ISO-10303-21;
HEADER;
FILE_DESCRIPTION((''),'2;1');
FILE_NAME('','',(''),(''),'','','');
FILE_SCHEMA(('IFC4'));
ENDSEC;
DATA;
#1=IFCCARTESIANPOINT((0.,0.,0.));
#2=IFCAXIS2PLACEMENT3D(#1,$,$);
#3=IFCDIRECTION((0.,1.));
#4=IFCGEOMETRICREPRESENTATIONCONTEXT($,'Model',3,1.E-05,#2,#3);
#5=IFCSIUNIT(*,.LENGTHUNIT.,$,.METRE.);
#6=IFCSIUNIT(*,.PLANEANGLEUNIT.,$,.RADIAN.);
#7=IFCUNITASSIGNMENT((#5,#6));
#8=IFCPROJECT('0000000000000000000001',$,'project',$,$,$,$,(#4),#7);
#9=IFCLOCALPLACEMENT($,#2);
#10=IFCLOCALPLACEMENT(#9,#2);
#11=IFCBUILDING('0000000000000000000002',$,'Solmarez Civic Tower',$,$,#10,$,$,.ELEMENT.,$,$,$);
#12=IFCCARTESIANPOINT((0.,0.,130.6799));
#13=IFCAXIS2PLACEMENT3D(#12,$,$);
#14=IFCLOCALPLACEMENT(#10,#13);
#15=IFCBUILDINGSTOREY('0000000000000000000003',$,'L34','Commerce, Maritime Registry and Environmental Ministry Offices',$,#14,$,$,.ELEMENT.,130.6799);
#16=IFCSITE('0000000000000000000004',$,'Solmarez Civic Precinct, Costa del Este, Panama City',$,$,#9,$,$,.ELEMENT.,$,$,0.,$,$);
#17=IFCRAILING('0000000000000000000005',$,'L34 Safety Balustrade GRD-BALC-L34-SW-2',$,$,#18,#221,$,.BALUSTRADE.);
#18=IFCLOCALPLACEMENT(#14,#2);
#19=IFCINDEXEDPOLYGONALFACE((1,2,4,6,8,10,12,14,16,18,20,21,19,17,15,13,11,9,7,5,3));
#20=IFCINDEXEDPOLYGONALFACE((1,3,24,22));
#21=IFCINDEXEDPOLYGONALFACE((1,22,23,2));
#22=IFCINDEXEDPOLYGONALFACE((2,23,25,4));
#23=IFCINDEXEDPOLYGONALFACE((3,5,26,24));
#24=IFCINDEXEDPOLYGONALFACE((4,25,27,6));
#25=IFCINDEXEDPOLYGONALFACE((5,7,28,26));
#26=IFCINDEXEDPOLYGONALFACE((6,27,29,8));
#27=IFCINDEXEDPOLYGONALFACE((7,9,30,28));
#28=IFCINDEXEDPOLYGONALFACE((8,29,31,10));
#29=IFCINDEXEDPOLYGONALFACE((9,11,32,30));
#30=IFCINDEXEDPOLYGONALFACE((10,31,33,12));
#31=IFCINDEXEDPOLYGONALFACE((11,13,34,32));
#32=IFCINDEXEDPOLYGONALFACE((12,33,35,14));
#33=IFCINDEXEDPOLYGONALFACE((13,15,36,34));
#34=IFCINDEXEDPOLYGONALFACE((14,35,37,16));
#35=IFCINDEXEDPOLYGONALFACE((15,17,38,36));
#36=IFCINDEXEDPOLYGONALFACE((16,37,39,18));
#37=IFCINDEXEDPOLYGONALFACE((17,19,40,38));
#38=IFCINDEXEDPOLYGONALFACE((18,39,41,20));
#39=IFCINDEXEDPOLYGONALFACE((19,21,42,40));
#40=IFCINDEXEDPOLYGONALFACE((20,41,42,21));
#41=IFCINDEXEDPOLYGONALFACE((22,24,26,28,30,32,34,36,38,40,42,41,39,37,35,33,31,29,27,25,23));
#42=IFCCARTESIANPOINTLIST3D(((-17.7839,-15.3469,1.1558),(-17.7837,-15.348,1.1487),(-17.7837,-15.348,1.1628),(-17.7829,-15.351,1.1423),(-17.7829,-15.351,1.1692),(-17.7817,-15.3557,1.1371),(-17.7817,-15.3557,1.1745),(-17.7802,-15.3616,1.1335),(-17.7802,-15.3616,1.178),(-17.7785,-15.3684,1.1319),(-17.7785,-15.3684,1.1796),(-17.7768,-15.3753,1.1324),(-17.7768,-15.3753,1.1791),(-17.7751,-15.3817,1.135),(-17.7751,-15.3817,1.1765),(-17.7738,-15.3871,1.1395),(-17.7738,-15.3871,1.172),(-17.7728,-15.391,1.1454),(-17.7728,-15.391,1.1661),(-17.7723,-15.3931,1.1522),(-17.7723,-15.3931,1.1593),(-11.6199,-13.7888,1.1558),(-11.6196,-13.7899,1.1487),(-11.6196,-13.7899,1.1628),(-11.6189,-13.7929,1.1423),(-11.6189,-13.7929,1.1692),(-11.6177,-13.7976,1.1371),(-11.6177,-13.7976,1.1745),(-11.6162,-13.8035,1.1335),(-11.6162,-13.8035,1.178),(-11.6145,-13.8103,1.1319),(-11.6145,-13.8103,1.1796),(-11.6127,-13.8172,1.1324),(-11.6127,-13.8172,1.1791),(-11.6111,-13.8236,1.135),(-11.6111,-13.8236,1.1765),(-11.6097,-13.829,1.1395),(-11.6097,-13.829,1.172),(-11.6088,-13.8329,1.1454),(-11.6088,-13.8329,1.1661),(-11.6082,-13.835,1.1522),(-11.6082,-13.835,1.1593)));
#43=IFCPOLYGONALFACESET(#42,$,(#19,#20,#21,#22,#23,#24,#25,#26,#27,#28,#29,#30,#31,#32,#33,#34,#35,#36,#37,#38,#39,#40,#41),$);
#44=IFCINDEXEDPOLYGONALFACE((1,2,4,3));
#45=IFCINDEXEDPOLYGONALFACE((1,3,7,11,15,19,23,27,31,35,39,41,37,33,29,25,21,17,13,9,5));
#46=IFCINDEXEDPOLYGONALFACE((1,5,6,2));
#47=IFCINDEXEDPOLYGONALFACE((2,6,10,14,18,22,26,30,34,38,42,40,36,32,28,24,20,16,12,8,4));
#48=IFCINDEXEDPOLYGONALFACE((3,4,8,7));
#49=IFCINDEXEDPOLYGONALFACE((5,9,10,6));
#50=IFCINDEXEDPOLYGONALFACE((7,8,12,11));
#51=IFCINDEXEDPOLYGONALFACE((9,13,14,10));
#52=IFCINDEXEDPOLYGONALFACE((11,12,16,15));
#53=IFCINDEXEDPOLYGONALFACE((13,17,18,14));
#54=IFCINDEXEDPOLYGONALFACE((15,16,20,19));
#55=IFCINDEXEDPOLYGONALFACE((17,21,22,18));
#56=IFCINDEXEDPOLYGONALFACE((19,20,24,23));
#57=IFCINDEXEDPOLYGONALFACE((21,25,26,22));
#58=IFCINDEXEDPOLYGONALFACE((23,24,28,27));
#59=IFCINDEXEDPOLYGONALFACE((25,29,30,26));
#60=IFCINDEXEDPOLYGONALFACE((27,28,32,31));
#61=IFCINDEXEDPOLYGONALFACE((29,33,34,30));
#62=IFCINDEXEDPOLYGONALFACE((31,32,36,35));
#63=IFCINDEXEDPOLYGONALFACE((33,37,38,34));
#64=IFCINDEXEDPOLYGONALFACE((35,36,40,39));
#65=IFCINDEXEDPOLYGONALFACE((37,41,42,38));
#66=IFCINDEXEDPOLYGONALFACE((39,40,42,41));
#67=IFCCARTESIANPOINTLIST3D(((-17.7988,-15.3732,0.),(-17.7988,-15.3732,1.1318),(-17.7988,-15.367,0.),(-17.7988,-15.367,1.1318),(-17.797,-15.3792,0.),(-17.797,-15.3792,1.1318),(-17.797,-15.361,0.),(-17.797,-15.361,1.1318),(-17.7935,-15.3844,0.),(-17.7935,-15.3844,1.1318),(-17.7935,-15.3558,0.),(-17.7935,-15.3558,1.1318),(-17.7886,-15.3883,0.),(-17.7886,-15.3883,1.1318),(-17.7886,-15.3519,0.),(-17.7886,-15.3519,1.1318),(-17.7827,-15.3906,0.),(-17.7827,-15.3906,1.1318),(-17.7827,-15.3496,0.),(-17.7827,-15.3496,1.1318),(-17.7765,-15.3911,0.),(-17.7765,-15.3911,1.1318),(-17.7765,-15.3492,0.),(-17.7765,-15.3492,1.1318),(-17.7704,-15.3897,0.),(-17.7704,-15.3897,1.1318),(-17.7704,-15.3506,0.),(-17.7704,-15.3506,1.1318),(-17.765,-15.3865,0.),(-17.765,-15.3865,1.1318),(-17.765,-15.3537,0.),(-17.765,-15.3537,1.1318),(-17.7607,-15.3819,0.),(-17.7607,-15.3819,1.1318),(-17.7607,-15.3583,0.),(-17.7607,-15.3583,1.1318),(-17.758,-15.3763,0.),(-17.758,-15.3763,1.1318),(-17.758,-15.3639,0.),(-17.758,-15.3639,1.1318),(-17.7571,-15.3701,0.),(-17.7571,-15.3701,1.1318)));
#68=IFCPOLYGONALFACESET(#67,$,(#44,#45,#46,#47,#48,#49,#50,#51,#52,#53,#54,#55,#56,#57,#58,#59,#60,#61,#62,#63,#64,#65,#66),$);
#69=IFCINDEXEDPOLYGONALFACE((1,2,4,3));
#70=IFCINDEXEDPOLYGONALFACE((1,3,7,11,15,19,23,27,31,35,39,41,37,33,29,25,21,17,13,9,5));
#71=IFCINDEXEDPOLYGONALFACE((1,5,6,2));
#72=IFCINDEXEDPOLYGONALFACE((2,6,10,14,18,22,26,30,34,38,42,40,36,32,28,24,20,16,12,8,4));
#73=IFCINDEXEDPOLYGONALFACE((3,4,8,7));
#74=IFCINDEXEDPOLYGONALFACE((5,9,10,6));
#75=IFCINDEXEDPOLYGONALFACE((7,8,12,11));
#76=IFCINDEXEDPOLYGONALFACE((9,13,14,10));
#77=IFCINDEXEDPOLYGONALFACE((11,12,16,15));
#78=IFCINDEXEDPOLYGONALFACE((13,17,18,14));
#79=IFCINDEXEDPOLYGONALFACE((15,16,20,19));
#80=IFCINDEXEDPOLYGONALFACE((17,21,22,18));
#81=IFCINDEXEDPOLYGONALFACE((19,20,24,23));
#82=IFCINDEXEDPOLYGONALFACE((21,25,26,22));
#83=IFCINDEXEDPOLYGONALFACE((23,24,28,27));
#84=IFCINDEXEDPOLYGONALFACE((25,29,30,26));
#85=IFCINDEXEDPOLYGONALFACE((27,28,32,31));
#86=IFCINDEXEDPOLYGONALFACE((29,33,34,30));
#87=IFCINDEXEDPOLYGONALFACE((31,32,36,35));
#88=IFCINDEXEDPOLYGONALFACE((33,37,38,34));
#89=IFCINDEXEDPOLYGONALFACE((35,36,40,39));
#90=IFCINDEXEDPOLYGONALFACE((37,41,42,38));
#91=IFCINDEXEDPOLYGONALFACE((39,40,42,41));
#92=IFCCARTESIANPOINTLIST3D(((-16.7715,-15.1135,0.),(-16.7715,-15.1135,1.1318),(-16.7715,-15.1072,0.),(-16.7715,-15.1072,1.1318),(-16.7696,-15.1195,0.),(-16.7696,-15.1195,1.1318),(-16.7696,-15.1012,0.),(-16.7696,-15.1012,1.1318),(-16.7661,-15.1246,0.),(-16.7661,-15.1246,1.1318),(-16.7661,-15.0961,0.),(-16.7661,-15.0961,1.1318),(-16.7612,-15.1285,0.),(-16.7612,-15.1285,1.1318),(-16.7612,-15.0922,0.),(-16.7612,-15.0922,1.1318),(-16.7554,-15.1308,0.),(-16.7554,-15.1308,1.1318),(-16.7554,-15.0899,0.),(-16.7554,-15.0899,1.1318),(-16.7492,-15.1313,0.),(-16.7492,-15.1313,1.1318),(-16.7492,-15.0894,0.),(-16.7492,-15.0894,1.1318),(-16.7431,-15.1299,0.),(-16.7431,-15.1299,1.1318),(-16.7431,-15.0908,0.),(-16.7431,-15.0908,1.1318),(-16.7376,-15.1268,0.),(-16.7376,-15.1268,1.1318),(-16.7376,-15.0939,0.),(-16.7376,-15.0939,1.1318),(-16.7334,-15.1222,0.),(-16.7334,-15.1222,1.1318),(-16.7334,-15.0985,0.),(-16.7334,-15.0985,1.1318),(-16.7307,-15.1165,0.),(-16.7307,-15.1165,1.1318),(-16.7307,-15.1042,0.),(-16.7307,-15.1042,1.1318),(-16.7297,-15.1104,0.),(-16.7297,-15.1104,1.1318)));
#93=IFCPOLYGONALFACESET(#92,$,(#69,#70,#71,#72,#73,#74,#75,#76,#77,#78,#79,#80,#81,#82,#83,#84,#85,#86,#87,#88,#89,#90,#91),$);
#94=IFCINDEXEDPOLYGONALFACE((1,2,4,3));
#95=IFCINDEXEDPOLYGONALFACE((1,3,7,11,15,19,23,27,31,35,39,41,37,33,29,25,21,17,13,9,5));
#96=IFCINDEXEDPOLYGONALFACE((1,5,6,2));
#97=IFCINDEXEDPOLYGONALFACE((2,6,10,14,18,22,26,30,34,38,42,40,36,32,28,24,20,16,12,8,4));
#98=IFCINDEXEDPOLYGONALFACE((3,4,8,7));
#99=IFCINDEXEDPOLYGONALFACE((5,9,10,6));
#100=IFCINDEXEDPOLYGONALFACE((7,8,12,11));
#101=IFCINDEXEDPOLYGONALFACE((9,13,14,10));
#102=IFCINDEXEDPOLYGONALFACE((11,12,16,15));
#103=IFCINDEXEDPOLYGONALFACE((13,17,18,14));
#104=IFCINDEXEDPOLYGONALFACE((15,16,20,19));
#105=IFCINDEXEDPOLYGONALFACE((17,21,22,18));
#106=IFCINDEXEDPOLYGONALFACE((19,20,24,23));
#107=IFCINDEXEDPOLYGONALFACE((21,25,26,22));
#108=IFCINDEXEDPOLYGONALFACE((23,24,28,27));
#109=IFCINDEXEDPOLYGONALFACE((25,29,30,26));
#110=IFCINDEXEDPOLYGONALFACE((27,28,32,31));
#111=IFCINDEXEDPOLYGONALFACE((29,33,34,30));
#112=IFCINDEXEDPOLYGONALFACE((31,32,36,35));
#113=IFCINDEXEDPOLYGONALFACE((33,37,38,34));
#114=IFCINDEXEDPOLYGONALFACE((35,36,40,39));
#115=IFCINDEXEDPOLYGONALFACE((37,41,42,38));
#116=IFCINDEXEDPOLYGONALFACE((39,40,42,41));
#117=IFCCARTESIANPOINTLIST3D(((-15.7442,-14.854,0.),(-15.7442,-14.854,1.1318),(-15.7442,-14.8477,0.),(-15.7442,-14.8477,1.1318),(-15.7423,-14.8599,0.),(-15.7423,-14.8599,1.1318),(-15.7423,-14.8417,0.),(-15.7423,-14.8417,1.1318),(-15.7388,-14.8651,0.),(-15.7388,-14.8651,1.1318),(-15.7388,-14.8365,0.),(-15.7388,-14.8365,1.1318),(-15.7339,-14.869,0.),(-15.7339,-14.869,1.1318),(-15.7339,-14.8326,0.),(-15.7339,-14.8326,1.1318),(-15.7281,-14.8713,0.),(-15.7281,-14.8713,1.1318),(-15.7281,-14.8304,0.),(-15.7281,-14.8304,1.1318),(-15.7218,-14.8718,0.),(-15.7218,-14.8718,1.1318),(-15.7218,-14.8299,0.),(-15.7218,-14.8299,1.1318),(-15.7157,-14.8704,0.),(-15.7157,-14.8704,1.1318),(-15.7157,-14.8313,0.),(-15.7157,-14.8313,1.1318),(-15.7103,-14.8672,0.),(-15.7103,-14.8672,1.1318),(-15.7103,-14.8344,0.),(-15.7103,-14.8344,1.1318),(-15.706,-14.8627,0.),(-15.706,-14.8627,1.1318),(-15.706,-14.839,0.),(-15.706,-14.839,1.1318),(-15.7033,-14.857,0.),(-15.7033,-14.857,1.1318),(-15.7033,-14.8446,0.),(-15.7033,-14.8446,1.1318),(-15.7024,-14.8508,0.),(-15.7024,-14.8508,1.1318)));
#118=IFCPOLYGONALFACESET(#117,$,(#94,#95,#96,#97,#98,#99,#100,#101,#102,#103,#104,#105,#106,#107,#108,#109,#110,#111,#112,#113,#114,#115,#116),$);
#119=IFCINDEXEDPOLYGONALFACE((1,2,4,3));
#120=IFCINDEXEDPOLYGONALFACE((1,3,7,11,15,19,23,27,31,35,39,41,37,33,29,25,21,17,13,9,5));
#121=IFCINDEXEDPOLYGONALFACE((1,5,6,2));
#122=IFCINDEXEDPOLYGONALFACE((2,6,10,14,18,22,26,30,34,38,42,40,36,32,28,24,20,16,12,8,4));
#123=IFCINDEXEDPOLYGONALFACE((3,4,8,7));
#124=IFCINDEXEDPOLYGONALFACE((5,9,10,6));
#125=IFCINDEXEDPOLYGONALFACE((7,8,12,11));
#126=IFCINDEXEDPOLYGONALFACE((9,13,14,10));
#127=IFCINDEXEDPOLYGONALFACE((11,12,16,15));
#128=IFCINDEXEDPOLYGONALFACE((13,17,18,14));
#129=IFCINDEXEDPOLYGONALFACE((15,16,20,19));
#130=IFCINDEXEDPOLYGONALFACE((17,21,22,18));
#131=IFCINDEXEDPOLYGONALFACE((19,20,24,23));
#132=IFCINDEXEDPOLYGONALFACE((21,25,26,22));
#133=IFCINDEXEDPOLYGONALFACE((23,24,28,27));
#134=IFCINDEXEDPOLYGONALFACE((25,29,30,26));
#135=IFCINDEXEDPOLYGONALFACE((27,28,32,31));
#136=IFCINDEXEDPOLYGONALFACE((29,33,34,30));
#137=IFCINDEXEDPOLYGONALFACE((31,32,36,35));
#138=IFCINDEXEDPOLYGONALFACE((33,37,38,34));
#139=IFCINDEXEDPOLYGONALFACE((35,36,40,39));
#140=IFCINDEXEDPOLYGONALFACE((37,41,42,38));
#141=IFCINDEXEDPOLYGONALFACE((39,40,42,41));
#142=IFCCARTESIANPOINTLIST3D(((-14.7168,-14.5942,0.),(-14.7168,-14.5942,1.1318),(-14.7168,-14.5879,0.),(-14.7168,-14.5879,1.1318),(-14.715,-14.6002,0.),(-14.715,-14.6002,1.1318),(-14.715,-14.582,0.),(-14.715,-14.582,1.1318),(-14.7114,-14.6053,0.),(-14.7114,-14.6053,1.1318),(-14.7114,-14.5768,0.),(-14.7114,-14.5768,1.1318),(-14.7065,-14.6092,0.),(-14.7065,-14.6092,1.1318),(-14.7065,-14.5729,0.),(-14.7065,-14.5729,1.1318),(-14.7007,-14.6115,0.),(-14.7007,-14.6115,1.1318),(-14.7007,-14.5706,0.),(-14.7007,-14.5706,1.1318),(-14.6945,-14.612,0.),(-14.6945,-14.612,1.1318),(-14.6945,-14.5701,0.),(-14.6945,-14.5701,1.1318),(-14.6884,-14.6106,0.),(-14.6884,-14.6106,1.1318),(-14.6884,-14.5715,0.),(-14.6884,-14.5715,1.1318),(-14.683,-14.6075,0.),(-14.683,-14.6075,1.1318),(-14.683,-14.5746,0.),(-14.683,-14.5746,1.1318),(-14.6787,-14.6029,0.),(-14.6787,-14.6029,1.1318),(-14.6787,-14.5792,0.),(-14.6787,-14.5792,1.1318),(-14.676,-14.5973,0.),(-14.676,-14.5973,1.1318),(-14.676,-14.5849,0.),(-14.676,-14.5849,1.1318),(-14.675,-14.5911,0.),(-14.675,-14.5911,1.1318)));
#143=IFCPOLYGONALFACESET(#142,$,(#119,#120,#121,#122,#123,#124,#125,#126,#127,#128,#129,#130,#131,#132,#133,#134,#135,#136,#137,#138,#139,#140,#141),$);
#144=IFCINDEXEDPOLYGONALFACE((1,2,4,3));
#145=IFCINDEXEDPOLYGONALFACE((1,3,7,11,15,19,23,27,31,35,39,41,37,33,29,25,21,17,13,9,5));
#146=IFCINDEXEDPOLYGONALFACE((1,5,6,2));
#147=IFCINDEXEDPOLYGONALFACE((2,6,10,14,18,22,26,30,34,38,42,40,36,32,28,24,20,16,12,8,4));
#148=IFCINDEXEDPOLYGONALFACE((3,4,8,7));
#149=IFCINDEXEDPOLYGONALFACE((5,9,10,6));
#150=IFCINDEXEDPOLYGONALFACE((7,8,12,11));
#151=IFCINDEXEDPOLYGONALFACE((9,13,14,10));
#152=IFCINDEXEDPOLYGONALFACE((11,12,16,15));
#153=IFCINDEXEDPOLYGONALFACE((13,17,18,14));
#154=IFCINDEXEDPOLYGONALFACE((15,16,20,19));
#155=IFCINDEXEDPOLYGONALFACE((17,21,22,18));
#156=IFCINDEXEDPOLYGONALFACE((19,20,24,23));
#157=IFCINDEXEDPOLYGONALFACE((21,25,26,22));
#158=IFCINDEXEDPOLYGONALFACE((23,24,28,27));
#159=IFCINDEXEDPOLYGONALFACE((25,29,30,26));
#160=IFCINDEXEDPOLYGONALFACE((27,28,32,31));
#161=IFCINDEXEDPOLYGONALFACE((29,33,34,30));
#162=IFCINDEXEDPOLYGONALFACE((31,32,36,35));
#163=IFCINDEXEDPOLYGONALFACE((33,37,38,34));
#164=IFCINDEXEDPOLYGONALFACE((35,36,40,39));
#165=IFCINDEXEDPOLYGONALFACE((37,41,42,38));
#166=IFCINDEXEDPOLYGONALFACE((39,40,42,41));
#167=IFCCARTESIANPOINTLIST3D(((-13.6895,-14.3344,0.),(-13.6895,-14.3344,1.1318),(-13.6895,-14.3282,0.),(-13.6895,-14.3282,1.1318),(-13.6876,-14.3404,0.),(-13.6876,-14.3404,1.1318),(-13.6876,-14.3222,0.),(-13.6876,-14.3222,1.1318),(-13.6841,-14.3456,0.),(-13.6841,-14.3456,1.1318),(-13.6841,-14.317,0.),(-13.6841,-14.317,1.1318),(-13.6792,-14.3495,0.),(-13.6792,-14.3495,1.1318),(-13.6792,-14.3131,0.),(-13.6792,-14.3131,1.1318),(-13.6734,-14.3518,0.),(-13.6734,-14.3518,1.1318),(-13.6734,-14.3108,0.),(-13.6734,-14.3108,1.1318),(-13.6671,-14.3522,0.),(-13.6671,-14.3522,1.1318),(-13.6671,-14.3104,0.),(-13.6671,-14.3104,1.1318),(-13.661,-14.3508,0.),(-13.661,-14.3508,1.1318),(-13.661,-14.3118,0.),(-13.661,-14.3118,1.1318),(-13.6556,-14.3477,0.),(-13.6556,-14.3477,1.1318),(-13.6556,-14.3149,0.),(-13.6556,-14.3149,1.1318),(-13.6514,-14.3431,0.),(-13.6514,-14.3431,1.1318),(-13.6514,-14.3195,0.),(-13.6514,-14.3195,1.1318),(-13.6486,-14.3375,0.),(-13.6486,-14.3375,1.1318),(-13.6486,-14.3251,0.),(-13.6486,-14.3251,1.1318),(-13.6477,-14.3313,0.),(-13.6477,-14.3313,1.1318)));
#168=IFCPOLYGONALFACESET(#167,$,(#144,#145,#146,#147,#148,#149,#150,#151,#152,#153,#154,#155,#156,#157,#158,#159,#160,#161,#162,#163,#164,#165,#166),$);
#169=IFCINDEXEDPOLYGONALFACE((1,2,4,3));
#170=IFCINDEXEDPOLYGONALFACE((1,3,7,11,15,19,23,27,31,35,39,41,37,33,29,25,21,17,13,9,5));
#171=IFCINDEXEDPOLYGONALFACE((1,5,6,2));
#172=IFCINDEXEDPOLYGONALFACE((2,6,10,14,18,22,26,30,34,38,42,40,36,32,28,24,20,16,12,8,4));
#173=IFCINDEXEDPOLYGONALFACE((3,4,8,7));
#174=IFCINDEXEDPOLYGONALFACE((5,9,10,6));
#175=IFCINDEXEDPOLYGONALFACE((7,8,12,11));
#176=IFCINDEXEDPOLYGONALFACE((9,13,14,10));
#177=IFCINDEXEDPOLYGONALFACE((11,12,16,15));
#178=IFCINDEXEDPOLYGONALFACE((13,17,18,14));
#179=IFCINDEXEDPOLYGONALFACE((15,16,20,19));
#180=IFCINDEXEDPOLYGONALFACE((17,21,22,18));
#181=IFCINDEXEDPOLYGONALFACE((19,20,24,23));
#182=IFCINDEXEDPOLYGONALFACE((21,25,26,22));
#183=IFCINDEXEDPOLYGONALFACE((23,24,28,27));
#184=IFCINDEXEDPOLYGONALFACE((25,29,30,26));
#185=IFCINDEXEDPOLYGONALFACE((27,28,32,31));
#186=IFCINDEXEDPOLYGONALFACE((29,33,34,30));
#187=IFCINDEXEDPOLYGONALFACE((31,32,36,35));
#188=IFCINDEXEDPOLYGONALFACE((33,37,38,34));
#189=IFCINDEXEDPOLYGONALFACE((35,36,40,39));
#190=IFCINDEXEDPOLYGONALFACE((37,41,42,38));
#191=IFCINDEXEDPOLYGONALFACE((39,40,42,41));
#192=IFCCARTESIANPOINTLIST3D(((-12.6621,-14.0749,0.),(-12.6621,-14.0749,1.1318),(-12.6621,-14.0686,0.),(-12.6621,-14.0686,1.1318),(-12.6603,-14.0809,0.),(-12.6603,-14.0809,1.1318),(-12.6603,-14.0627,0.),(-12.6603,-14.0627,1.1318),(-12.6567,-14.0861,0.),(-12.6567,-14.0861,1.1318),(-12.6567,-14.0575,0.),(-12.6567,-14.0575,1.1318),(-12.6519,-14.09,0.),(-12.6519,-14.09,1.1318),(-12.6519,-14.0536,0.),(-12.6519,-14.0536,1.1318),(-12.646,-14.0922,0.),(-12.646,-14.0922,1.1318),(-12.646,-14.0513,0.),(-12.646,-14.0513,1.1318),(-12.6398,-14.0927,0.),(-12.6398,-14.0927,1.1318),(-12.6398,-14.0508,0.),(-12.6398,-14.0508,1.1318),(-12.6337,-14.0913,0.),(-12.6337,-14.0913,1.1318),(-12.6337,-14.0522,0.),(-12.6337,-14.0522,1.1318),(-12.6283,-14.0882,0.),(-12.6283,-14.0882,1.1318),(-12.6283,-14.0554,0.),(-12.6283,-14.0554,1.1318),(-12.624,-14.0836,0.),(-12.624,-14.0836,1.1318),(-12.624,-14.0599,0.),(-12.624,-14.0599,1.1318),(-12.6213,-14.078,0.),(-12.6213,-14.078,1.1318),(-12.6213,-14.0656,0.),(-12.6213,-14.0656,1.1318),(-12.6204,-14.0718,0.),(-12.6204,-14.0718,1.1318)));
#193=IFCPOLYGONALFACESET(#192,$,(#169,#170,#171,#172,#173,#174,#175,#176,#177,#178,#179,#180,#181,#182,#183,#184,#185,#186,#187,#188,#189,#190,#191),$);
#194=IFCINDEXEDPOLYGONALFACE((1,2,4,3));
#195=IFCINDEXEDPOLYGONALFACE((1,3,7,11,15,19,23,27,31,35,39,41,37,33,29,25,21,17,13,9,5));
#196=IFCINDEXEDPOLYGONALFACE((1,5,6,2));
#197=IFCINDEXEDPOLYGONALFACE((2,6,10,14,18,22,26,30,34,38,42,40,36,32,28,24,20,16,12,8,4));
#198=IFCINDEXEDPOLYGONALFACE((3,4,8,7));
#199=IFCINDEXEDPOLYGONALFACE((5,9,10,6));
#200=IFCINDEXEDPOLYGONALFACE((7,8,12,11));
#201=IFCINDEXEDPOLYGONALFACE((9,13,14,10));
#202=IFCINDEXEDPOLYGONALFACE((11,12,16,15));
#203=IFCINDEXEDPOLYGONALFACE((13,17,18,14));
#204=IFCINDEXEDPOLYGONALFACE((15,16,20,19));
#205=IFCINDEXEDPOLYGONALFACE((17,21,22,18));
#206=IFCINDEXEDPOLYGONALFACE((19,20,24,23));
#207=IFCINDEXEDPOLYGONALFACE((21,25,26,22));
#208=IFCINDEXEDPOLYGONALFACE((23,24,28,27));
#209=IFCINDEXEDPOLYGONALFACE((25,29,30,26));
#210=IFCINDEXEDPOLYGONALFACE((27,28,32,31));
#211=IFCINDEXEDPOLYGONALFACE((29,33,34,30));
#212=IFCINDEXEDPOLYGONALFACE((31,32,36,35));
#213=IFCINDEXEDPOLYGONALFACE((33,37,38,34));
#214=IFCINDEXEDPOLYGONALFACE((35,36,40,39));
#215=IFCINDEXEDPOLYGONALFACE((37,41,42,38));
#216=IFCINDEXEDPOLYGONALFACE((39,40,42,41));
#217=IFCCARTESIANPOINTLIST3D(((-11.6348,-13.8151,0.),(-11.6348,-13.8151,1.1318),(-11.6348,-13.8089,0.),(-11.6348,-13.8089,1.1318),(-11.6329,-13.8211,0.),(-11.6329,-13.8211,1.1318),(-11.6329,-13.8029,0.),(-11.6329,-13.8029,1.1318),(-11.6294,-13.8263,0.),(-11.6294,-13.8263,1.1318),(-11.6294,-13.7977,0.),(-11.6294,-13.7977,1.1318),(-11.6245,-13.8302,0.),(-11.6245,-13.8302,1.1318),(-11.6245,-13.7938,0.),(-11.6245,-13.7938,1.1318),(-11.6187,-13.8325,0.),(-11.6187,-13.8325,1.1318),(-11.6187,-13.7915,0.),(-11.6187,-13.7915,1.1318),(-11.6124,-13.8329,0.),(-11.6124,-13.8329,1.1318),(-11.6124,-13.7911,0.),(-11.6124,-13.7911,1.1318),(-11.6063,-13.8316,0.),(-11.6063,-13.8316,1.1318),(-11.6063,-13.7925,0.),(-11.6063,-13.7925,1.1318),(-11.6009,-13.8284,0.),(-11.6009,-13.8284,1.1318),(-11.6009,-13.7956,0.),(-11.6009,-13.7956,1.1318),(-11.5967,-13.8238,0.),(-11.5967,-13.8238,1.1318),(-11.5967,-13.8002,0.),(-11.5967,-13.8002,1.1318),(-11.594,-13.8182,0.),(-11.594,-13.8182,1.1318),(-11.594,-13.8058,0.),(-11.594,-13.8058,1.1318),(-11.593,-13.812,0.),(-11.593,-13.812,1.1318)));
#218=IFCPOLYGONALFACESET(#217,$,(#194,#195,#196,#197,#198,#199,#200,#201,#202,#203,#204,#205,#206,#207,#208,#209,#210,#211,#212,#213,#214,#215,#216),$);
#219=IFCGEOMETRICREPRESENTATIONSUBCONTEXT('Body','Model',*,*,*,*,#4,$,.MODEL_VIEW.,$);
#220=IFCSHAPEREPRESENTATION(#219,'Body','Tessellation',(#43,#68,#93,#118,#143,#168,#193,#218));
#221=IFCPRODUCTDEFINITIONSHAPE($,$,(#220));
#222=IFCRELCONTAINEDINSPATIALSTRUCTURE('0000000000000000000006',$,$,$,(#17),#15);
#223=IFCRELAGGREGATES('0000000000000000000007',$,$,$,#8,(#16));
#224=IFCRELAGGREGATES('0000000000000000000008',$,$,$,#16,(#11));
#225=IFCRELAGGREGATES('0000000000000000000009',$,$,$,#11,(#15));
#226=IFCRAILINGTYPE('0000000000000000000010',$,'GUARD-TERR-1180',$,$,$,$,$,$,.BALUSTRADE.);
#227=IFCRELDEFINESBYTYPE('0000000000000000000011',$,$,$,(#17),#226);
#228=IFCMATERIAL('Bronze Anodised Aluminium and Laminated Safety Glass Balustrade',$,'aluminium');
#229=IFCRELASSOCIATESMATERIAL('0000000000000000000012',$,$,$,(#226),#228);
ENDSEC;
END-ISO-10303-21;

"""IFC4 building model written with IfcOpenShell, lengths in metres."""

from ifc_helpers import new_model, si_unit, direction, frame, origin, origin_2d, place, context, subcontext, project, spatial, circle, extrude, material, type_object, element, save


model = new_model("IFC4")

# Units and contexts
model_context = context("Model", 3, precision=1e-05, world=origin(), true_north=direction((0.0, 1.0)))
body_context = subcontext(model_context, "Body", "Model", "MODEL_VIEW")
ifc_project = project(units=[si_unit("LENGTHUNIT", "METRE"), si_unit("PLANEANGLEUNIT", "RADIAN")], contexts=[model_context])

# Site, building, storey
site_placement = place(None, origin())
site = spatial("IfcSite", under=ifc_project, at=site_placement, Name="Solmarez Civic Precinct, Costa del Este, Panama City", CompositionType="ELEMENT", RefElevation=0.0)
building_placement = place(site_placement, origin())
building = spatial("IfcBuilding", under=site, at=building_placement, Name="Solmarez Civic Tower", CompositionType="ELEMENT")
storey_placement = place(building_placement, frame((0.0, 0.0, 130.6799)))
storey = spatial("IfcBuildingStorey", under=building, at=storey_placement, Name="L34", Description="Commerce, Maritime Registry and Environmental Ministry Offices", CompositionType="ELEMENT", Elevation=130.6799)

# Railing
ifc_material_1 = material(Name="Bronze Anodised Aluminium and Laminated Safety Glass Balustrade", Category="aluminium")
railing_type = type_object("IfcRailingType", Name="GUARD-TERR-1180", PredefinedType="BALUSTRADE", material=ifc_material_1)
railing_1_placement = place(storey_placement, frame((-17.7781, -15.3701, 0.0)))
element("IfcRailing", 1, at=railing_1_placement, inside=storey, type_object=railing_type, Name="L34 Safety Balustrade GRD-BALC-L34-SW-2", PredefinedType="BALUSTRADE", context=body_context, shape_type="SweptSolid", body=[
    extrude(circle(Radius=0.0239, at=origin_2d()), frame((0.0, 0.0, 1.1558), z_axis=(0.969507, 0.245065, 0.0), x_axis=(-0.245065, 0.969507, 0.0)), (0.0, 0.0, 1.0), 6.3579),
    extrude(circle(Radius=0.021, at=origin_2d()), origin(), (0.0, 0.0, 1.0), 1.1318),
    extrude(circle(Radius=0.021, at=origin_2d()), frame((1.0273, 0.2598, 0.0)), (0.0, 0.0, 1.0), 1.1318),
    extrude(circle(Radius=0.021, at=origin_2d()), frame((2.0547, 0.5193, 0.0)), (0.0, 0.0, 1.0), 1.1318),
    extrude(circle(Radius=0.021, at=origin_2d()), frame((3.082, 0.7791, 0.0)), (0.0, 0.0, 1.0), 1.1318),
    extrude(circle(Radius=0.021, at=origin_2d()), frame((4.1094, 1.0388, 0.0)), (0.0, 0.0, 1.0), 1.1318),
    extrude(circle(Radius=0.021, at=origin_2d()), frame((5.1367, 1.2983, 0.0)), (0.0, 0.0, 1.0), 1.1318),
    extrude(circle(Radius=0.021, at=origin_2d()), frame((6.1641, 1.5581, 0.0)), (0.0, 0.0, 1.0), 1.1318),
])

save(model, "model.ifc")
